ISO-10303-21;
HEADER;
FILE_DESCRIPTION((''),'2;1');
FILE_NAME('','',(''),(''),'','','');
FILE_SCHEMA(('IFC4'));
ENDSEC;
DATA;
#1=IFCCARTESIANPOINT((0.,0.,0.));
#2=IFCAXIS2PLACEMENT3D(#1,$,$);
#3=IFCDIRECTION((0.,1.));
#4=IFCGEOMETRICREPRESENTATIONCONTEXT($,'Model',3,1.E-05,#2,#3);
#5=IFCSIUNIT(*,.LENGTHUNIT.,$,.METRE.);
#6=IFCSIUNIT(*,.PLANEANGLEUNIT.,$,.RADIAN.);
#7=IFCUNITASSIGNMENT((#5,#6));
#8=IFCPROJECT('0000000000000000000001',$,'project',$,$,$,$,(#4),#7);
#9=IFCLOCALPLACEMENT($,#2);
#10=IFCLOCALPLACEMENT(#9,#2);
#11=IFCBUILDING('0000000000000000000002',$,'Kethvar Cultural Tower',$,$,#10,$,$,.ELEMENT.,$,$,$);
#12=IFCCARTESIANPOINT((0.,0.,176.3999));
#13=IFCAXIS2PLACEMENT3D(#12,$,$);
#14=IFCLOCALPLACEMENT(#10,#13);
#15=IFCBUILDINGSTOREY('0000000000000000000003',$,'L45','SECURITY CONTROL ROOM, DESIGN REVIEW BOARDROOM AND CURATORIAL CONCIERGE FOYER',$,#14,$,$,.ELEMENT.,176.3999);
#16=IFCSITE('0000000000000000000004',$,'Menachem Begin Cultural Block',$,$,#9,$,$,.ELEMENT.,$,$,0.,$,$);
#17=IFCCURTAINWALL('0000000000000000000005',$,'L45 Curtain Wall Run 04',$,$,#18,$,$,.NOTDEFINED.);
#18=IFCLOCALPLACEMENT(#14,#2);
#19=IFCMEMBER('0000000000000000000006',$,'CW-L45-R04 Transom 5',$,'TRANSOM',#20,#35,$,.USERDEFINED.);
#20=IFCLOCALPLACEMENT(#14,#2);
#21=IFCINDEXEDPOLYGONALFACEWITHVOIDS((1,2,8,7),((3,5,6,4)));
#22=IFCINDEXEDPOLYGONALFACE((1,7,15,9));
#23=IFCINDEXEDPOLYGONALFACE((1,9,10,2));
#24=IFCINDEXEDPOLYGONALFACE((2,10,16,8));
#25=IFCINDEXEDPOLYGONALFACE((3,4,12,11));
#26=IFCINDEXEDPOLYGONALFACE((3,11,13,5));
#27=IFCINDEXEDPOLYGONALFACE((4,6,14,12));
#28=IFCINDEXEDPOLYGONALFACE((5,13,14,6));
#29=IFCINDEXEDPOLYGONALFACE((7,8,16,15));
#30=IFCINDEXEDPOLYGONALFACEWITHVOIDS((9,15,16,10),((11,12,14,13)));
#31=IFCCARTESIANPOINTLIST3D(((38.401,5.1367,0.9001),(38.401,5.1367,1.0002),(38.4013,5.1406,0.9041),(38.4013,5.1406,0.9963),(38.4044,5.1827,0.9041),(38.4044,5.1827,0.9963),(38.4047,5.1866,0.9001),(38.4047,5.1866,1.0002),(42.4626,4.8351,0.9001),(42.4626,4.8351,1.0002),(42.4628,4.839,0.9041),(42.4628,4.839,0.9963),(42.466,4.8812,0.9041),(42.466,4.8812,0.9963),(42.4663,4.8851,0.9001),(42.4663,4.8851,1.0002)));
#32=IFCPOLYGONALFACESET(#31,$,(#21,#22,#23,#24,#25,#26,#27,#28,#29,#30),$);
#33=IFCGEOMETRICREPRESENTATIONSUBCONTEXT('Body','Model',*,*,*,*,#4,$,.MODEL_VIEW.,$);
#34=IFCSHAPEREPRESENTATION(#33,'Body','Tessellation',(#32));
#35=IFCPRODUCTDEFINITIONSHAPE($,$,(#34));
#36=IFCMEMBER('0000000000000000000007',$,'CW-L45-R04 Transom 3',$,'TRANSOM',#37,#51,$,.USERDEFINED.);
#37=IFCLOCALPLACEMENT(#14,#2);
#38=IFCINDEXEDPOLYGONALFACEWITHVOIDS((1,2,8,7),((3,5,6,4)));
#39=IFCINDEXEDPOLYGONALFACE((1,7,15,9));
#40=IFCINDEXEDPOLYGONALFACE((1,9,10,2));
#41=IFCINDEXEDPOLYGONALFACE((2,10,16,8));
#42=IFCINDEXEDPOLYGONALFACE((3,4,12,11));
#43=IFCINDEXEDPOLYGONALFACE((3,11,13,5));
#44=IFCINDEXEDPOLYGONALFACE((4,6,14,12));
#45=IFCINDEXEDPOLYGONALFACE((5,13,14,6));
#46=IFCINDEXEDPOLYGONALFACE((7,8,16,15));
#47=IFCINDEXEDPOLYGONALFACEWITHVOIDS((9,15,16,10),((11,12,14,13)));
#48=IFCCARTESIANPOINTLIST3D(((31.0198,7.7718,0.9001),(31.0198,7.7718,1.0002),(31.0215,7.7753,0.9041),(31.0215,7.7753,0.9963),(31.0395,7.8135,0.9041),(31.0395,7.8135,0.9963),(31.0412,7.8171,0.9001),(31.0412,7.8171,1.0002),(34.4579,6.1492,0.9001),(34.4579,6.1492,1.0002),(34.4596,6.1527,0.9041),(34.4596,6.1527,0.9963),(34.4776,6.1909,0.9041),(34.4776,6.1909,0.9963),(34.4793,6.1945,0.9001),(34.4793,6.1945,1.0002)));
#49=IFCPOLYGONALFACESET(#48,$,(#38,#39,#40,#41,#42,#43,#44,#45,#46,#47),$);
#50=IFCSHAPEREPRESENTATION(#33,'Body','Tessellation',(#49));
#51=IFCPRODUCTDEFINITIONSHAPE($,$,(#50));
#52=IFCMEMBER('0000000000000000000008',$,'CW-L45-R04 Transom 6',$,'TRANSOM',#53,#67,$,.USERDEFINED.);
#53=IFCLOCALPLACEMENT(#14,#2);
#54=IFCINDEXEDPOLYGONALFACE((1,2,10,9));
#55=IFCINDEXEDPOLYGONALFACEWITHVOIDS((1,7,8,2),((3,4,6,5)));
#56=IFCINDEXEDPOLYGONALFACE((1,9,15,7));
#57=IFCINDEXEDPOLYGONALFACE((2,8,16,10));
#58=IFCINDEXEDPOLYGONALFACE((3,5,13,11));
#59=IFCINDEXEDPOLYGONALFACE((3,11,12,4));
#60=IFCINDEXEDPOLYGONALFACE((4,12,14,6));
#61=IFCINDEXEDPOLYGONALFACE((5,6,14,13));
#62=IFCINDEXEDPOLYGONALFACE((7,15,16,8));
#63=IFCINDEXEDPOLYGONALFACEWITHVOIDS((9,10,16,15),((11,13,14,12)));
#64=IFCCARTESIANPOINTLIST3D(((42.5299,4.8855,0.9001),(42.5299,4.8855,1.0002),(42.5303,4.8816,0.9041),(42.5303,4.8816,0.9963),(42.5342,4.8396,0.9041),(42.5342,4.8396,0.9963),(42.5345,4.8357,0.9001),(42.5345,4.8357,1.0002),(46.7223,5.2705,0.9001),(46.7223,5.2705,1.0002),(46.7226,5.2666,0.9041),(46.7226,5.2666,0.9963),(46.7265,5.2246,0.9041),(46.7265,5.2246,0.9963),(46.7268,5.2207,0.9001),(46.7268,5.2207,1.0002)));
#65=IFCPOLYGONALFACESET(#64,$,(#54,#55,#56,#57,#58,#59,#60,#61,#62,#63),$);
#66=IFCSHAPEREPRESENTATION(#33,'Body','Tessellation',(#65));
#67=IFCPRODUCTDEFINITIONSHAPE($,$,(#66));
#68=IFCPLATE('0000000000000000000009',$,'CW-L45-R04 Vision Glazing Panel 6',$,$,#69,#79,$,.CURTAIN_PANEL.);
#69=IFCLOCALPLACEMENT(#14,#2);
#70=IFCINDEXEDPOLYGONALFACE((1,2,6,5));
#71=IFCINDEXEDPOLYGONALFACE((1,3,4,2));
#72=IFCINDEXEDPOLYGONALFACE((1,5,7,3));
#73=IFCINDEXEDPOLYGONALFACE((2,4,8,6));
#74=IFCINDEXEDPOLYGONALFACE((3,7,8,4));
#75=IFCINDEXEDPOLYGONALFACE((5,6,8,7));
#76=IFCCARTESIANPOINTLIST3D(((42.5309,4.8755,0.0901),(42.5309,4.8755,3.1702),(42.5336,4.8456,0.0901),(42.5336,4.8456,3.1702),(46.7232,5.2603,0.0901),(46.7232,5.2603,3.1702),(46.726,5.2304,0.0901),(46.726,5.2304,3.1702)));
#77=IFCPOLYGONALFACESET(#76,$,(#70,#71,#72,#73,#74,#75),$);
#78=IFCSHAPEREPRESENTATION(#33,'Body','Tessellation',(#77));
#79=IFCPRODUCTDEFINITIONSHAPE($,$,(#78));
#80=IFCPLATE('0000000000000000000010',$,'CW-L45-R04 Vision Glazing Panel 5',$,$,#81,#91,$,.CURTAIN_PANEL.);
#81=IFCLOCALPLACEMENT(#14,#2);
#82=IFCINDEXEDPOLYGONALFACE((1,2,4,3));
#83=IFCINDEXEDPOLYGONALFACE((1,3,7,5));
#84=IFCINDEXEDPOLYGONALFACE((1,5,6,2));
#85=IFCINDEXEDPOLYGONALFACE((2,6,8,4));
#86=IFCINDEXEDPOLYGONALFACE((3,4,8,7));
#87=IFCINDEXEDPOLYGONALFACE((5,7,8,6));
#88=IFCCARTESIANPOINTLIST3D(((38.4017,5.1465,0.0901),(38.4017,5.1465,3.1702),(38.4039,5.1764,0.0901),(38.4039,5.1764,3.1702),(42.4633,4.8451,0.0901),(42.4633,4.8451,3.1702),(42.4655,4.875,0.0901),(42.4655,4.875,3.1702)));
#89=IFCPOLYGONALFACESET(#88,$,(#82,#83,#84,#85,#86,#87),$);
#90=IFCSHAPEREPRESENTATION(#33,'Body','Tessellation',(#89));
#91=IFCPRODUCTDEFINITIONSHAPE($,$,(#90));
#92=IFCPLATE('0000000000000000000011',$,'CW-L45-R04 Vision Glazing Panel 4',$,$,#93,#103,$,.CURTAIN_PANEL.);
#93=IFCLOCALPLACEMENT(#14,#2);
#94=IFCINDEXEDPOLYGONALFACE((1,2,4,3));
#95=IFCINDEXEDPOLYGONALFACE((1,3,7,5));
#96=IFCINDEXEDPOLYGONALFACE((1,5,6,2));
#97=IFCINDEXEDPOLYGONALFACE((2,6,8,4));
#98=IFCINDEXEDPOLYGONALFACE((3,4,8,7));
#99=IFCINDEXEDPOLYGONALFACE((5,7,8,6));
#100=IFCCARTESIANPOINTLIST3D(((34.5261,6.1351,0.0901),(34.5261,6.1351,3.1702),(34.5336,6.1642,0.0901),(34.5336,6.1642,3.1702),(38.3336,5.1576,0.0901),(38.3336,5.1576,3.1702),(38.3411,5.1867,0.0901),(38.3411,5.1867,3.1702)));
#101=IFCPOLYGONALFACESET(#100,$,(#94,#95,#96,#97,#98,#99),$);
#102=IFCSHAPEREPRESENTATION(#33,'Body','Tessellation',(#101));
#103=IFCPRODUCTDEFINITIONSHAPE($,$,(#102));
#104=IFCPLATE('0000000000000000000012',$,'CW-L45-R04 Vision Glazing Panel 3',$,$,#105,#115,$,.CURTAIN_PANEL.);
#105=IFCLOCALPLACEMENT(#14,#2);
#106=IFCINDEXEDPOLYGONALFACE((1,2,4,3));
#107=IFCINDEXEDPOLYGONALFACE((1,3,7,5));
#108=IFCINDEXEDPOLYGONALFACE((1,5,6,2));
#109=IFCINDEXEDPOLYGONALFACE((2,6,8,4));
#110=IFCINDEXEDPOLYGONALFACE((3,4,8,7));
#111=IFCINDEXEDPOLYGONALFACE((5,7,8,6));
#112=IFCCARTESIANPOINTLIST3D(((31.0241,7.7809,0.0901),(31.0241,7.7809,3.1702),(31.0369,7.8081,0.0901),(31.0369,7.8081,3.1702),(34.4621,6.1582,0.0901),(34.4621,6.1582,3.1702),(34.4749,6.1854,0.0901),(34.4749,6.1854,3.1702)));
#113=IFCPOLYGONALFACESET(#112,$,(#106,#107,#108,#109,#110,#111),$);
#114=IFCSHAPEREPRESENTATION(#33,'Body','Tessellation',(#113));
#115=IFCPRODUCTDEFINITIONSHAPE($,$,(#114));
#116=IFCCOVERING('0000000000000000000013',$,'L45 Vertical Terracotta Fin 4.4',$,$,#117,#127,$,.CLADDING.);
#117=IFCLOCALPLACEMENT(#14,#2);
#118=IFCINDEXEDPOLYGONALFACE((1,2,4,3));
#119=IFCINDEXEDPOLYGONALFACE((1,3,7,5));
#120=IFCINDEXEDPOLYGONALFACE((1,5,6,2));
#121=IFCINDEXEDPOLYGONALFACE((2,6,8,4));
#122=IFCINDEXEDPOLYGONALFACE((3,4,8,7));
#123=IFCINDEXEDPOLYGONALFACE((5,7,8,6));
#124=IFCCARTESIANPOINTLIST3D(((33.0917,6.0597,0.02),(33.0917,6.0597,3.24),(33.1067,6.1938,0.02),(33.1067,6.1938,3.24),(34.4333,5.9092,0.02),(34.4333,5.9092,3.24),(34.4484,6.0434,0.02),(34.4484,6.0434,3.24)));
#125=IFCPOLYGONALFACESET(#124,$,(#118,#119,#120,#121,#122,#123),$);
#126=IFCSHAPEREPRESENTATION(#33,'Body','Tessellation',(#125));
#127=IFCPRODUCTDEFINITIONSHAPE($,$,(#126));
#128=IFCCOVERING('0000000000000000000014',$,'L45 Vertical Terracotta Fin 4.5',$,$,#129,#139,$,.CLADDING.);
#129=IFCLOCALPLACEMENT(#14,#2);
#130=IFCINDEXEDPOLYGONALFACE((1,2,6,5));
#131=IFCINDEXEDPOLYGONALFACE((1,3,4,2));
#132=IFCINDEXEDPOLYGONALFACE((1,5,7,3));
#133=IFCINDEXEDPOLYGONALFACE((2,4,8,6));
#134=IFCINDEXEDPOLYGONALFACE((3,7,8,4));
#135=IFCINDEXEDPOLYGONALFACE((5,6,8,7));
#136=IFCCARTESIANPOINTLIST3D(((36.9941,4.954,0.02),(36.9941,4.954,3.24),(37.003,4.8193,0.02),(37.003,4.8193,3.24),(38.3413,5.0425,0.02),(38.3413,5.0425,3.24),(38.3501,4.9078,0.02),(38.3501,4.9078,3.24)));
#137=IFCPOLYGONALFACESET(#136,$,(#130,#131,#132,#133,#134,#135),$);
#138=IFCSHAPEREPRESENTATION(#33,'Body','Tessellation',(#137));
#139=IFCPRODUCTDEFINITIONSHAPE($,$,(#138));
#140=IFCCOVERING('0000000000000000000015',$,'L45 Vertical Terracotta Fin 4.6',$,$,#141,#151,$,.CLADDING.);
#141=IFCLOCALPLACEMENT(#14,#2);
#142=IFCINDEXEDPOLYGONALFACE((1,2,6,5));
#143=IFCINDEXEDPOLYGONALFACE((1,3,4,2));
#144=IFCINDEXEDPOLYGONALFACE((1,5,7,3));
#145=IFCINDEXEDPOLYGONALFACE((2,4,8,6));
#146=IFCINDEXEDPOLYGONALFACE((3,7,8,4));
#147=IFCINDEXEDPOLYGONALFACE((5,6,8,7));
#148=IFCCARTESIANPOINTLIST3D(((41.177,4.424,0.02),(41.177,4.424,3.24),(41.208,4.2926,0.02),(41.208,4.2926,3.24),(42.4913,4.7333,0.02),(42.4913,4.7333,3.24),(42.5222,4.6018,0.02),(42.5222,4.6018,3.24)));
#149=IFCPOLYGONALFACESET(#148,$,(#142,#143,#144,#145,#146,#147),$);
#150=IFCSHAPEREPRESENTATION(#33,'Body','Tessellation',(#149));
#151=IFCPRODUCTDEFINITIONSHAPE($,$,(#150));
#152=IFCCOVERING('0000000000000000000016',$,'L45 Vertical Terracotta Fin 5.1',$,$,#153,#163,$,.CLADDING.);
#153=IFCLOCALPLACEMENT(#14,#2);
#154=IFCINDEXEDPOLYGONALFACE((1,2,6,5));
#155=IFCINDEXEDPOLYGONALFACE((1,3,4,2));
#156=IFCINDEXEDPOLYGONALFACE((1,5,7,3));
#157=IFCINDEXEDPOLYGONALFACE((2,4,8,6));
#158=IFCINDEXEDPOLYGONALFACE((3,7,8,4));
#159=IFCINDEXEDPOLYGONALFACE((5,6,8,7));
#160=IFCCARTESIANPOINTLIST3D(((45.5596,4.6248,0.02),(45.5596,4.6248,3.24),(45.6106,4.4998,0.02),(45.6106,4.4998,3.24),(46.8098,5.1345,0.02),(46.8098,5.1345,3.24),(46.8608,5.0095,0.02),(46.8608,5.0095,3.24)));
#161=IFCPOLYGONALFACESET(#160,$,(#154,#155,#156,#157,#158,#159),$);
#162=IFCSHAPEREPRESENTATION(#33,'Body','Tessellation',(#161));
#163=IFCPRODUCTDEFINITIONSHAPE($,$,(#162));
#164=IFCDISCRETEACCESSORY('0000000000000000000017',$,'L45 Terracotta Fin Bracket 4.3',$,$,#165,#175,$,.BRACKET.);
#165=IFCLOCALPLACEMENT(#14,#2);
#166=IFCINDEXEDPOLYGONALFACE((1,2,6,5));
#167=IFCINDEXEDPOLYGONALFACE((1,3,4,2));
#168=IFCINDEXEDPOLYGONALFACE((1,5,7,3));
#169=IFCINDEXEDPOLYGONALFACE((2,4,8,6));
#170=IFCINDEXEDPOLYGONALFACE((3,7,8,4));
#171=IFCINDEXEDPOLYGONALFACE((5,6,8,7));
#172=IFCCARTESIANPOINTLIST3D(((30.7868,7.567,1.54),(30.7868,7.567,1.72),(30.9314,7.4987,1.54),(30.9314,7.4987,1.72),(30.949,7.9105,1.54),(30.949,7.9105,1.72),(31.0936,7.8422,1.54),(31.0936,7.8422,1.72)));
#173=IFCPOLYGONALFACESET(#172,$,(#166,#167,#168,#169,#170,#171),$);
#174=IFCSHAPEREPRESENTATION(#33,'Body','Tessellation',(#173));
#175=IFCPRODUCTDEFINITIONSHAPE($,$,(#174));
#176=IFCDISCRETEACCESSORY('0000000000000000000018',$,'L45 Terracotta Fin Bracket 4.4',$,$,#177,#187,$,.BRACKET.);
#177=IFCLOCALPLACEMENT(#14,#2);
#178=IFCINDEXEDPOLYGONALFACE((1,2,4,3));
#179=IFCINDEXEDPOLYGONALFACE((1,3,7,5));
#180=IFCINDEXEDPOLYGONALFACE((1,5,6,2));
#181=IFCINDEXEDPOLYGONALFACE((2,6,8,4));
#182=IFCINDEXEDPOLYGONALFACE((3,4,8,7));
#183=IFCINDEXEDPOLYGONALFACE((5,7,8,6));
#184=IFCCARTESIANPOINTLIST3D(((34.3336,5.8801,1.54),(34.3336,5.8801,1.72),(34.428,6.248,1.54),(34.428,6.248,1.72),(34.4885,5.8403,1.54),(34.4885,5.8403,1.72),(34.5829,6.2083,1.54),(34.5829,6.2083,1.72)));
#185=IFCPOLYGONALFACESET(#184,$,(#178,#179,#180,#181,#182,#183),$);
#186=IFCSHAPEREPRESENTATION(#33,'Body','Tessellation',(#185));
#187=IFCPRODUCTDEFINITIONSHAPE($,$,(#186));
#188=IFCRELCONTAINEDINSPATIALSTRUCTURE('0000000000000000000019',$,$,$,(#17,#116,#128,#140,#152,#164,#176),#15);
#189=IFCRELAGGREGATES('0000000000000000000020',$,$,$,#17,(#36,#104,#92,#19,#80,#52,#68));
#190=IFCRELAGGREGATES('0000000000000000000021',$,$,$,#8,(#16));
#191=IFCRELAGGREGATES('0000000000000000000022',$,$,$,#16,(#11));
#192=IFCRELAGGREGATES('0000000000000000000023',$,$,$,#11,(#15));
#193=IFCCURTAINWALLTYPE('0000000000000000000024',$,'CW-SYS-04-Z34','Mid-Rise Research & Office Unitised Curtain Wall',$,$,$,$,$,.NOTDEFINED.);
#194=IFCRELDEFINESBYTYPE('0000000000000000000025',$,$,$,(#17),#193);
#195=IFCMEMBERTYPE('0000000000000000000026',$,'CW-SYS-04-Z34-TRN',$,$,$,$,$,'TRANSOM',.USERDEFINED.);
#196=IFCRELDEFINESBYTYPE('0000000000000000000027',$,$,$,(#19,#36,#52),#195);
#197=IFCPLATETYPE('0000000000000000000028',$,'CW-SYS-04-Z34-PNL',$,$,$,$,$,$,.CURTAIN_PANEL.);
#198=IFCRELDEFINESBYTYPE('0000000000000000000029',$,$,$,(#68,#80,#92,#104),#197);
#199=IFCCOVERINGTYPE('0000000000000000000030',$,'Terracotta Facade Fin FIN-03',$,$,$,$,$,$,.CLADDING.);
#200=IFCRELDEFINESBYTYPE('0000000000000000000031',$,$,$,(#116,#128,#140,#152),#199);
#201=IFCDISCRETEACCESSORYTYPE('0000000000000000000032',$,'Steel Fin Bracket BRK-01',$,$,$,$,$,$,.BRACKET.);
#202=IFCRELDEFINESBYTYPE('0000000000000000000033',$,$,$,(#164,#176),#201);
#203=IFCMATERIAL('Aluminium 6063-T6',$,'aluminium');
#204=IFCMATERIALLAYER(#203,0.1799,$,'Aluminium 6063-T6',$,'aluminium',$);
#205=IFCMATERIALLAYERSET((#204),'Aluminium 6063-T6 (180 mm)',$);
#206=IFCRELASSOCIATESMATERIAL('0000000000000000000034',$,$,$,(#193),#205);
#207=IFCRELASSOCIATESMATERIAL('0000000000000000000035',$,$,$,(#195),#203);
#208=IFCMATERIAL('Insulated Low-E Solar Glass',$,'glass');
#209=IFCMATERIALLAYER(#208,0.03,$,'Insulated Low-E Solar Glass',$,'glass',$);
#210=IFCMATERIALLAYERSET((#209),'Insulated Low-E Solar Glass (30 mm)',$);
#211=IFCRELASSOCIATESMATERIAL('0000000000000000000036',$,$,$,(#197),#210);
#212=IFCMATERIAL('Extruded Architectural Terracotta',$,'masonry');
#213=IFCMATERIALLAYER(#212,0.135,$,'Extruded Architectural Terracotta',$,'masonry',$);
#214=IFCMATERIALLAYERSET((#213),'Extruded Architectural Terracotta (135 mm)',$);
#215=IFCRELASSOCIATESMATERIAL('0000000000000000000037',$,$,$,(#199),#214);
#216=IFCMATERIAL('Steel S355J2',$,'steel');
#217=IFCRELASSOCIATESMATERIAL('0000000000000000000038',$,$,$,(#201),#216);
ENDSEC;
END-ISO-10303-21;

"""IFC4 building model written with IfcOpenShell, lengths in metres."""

from ifc_helpers import new_model, si_unit, direction, frame, origin, origin_2d, place, context, subcontext, project, spatial, rectangle, hollow_rectangle, extrude, source, transform, mapped, material, layer, layer_set, material_profile, profile_set, type_object, element, aggregate, save


model = new_model("IFC4")

# Units and contexts
model_context = context("Model", 3, precision=1e-05, world=origin(), true_north=direction((0.0, 1.0)))
body_context = subcontext(model_context, "Body", "Model", "MODEL_VIEW")
ifc_project = project(units=[si_unit("LENGTHUNIT", "METRE"), si_unit("PLANEANGLEUNIT", "RADIAN")], contexts=[model_context])

# Site, building, storey
site_placement = place(None, origin())
site = spatial("IfcSite", under=ifc_project, at=site_placement, Name="Menachem Begin Cultural Block", CompositionType="ELEMENT", RefElevation=0.0)
building_placement = place(site_placement, origin())
building = spatial("IfcBuilding", under=site, at=building_placement, Name="Kethvar Cultural Tower", CompositionType="ELEMENT")
storey_placement = place(building_placement, frame((0.0, 0.0, 176.3999)))
storey = spatial("IfcBuildingStorey", under=building, at=storey_placement, Name="L45", Description="SECURITY CONTROL ROOM, DESIGN REVIEW BOARDROOM AND CURATORIAL CONCIERGE FOYER", CompositionType="ELEMENT", Elevation=176.3999)

# Shared definitions
ifc_material_1 = material(Name="Steel S355J2", Category="steel")

# Curtain wall, members, plates
ifc_material_2 = material(Name="Aluminium 6063-T6", Category="aluminium")
ifc_layer_1 = layer(ifc_material_2, 0.1799, Name="Aluminium 6063-T6", Category="aluminium")
ifc_layer_set_1 = layer_set([ifc_layer_1], Name="Aluminium 6063-T6 (180 mm)")
curtain_wall_type = type_object("IfcCurtainWallType", Name="CW-SYS-04-Z34", Description="Mid-Rise Research & Office Unitised Curtain Wall", PredefinedType="NOTDEFINED", material=ifc_layer_set_1)
curtain_wall_placement = place(storey_placement, origin())
curtain_wall = element("IfcCurtainWall", 1, at=curtain_wall_placement, inside=storey, type_object=curtain_wall_type, Name="L45 Curtain Wall Run 04", PredefinedType="NOTDEFINED")
ifc_material_profile_1 = material_profile(ifc_material_2, hollow_rectangle(XDim=0.05, YDim=0.1001, WallThickness=0.0039, at=origin_2d()), Name="Aluminium 6063-T6 — RHS100x50x4")
ifc_profile_set_1 = profile_set([ifc_material_profile_1], Name="Aluminium 6063-T6 — RHS100x50x4")
member_type_1 = type_object("IfcMemberType", Name="CW-SYS-04-Z34-TRN", ElementType="TRANSOM", PredefinedType="USERDEFINED", material=ifc_profile_set_1)
shared_shape_1 = source(origin(), body_context, "Body", "SweptSolid", [
    extrude(hollow_rectangle(XDim=0.05, YDim=0.1001, WallThickness=0.0039, at=origin_2d()), origin(), (0.0, 0.0, 1.0), 4.0728),
])
member_1_placement = place(storey_placement, frame((38.4028, 5.1616, 0.9502), z_axis=(0.997256, -0.074033, 0.0), x_axis=(0.074033, 0.997256, 0.0)))
member_1 = element("IfcMember", 2, at=member_1_placement, type_object=member_type_1, Name="CW-L45-R04 Transom 5", ObjectType="TRANSOM", PredefinedType="USERDEFINED", context=body_context, shape_type="MappedRepresentation", body=[
    mapped(shared_shape_1, transform((0.0, 0.0, 0.0), scale=1.0)),
])
shared_shape_2 = source(origin(), body_context, "Body", "SweptSolid", [
    extrude(hollow_rectangle(XDim=0.05, YDim=0.1001, WallThickness=0.0039, at=origin_2d()), origin(), (0.0, 0.0, 1.0), 3.8018),
])
member_2_placement = place(storey_placement, frame((31.0305, 7.7944, 0.9502), z_axis=(0.904344, -0.426805, 0.0), x_axis=(0.426805, 0.904344, 0.0)))
member_2 = element("IfcMember", 3, at=member_2_placement, type_object=member_type_1, Name="CW-L45-R04 Transom 3", ObjectType="TRANSOM", PredefinedType="USERDEFINED", context=body_context, shape_type="MappedRepresentation", body=[
    mapped(shared_shape_2, transform((0.0, 0.0, 0.0), scale=1.0)),
])
shared_shape_3 = source(origin(), body_context, "Body", "SweptSolid", [
    extrude(hollow_rectangle(XDim=0.05, YDim=0.1001, WallThickness=0.0039, at=origin_2d()), origin(), (0.0, 0.0, 1.0), 4.21),
])
member_3_placement = place(storey_placement, frame((42.5322, 4.8606, 0.9502), z_axis=(0.99581, 0.091451, 0.0), x_axis=(-0.091451, 0.99581, 0.0)))
member_3 = element("IfcMember", 4, at=member_3_placement, type_object=member_type_1, Name="CW-L45-R04 Transom 6", ObjectType="TRANSOM", PredefinedType="USERDEFINED", context=body_context, shape_type="MappedRepresentation", body=[
    mapped(shared_shape_3, transform((0.0, 0.0, 0.0), scale=1.0)),
])
ifc_material_3 = material(Name="Insulated Low-E Solar Glass", Category="glass")
ifc_layer_2 = layer(ifc_material_3, 0.03, Name="Insulated Low-E Solar Glass", Category="glass")
ifc_layer_set_2 = layer_set([ifc_layer_2], Name="Insulated Low-E Solar Glass (30 mm)")
plate_type = type_object("IfcPlateType", Name="CW-SYS-04-Z34-PNL", PredefinedType="CURTAIN_PANEL", material=ifc_layer_set_2)
shared_shape_4 = source(origin(), body_context, "Body", "SweptSolid", [
    extrude(rectangle(XDim=4.21, YDim=0.03, at=origin_2d()), origin(), (0.0, 0.0, 1.0), 3.0801),
])
plate_1_placement = place(storey_placement, frame((44.6284, 5.053, 0.0901), z_axis=(0.0, 0.0, 1.0), x_axis=(0.995815, 0.091397, 0.0)))
plate_1 = element("IfcPlate", 5, at=plate_1_placement, type_object=plate_type, Name="CW-L45-R04 Vision Glazing Panel 6", PredefinedType="CURTAIN_PANEL", context=body_context, shape_type="MappedRepresentation", body=[
    mapped(shared_shape_4, transform((0.0, 0.0, 0.0), scale=1.0)),
])
shared_shape_5 = source(origin(), body_context, "Body", "SweptSolid", [
    extrude(rectangle(XDim=4.0728, YDim=0.03, at=origin_2d()), origin(), (0.0, 0.0, 1.0), 3.0801),
])
plate_2_placement = place(storey_placement, frame((40.4336, 5.0107, 0.0901), z_axis=(0.0, 0.0, 1.0), x_axis=(0.997258, -0.074004, 0.0)))
plate_2 = element("IfcPlate", 6, at=plate_2_placement, type_object=plate_type, Name="CW-L45-R04 Vision Glazing Panel 5", PredefinedType="CURTAIN_PANEL", context=body_context, shape_type="MappedRepresentation", body=[
    mapped(shared_shape_5, transform((0.0, 0.0, 0.0), scale=1.0)),
])
shared_shape_6 = source(origin(), body_context, "Body", "SweptSolid", [
    extrude(rectangle(XDim=3.9309, YDim=0.03, at=origin_2d()), origin(), (0.0, 0.0, 1.0), 3.0801),
])
plate_3_placement = place(storey_placement, frame((36.4336, 5.6609, 0.0901), z_axis=(0.0, 0.0, 1.0), x_axis=(0.968592, -0.248656, 0.0)))
plate_3 = element("IfcPlate", 7, at=plate_3_placement, type_object=plate_type, Name="CW-L45-R04 Vision Glazing Panel 4", PredefinedType="CURTAIN_PANEL", context=body_context, shape_type="MappedRepresentation", body=[
    mapped(shared_shape_6, transform((0.0, 0.0, 0.0), scale=1.0)),
])
shared_shape_7 = source(origin(), body_context, "Body", "SweptSolid", [
    extrude(rectangle(XDim=3.8018, YDim=0.03, at=origin_2d()), origin(), (0.0, 0.0, 1.0), 3.0801),
])
plate_4_placement = place(storey_placement, frame((32.7495, 6.9832, 0.0901), z_axis=(0.0, 0.0, 1.0), x_axis=(0.904329, -0.426837, 0.0)))
plate_4 = element("IfcPlate", 8, at=plate_4_placement, type_object=plate_type, Name="CW-L45-R04 Vision Glazing Panel 3", PredefinedType="CURTAIN_PANEL", context=body_context, shape_type="MappedRepresentation", body=[
    mapped(shared_shape_7, transform((0.0, 0.0, 0.0), scale=1.0)),
])
aggregate(curtain_wall, [member_2, plate_4, plate_3, member_1, plate_2, member_3, plate_1])

# Coverings
ifc_material_4 = material(Name="Extruded Architectural Terracotta", Category="masonry")
ifc_layer_3 = layer(ifc_material_4, 0.135, Name="Extruded Architectural Terracotta", Category="masonry")
ifc_layer_set_3 = layer_set([ifc_layer_3], Name="Extruded Architectural Terracotta (135 mm)")
covering_type = type_object("IfcCoveringType", Name="Terracotta Facade Fin FIN-03", PredefinedType="CLADDING", material=ifc_layer_set_3)
shared_shape_8 = source(origin(), body_context, "Body", "SweptSolid", [
    extrude(rectangle(XDim=1.3501, YDim=0.135, at=origin_2d()), origin(), (0.0, 0.0, 1.0), 3.22),
])
for number, where, z_axis, x_axis, name in (
    (9, (33.77, 6.0515, 0.02), (0.0, 0.0, 1.0), (-0.993768, 0.111469, 0.0), "L45 Vertical Terracotta Fin 4.4"),
    (10, (37.6721, 4.9309, 0.02), (0.0, 0.0, 1.0), (-0.997847, -0.065577, 0.0), "L45 Vertical Terracotta Fin 4.5"),
    (11, (41.8496, 4.5129, 0.02), (0.0, 0.0, 1.0), (-0.973419, -0.229031, 0.0), "L45 Vertical Terracotta Fin 4.6"),
    (12, (46.2102, 4.8171, 0.02), (0.0, 0.0, 1.0), (-0.926002, -0.377518, 0.0), "L45 Vertical Terracotta Fin 5.1"),
):
    element("IfcCovering", number, at=place(storey_placement, frame(where, z_axis=z_axis, x_axis=x_axis)), inside=storey, type_object=covering_type, Name=name, PredefinedType="CLADDING", context=body_context, shape_type="MappedRepresentation", body=[
        mapped(shared_shape_8, transform((0.0, 0.0, 0.0), scale=1.0)),
    ])

# Discrete accessories
discrete_accessory_type = type_object("IfcDiscreteAccessoryType", Name="Steel Fin Bracket BRK-01", PredefinedType="BRACKET", material=ifc_material_1)
shared_shape_9 = source(origin(), body_context, "Body", "SweptSolid", [
    extrude(rectangle(XDim=0.3799, YDim=0.1599, at=origin_2d()), origin(), (0.0, 0.0, 1.0), 0.1799),
])
for number, where, z_axis, x_axis, name in (
    (13, (30.9402, 7.7046, 1.54), (0.0, 0.0, 1.0), (-0.426884, -0.904306, 0.0), "L45 Terracotta Fin Bracket 4.3"),
    (14, (34.4583, 6.0442, 1.54), (0.0, 0.0, 1.0), (-0.24869, -0.968583, 0.0), "L45 Terracotta Fin Bracket 4.4"),
):
    element("IfcDiscreteAccessory", number, at=place(storey_placement, frame(where, z_axis=z_axis, x_axis=x_axis)), inside=storey, type_object=discrete_accessory_type, Name=name, PredefinedType="BRACKET", context=body_context, shape_type="MappedRepresentation", body=[
        mapped(shared_shape_9, transform((0.0, 0.0, 0.0), scale=1.0)),
    ])

save(model, "model.ifc")
